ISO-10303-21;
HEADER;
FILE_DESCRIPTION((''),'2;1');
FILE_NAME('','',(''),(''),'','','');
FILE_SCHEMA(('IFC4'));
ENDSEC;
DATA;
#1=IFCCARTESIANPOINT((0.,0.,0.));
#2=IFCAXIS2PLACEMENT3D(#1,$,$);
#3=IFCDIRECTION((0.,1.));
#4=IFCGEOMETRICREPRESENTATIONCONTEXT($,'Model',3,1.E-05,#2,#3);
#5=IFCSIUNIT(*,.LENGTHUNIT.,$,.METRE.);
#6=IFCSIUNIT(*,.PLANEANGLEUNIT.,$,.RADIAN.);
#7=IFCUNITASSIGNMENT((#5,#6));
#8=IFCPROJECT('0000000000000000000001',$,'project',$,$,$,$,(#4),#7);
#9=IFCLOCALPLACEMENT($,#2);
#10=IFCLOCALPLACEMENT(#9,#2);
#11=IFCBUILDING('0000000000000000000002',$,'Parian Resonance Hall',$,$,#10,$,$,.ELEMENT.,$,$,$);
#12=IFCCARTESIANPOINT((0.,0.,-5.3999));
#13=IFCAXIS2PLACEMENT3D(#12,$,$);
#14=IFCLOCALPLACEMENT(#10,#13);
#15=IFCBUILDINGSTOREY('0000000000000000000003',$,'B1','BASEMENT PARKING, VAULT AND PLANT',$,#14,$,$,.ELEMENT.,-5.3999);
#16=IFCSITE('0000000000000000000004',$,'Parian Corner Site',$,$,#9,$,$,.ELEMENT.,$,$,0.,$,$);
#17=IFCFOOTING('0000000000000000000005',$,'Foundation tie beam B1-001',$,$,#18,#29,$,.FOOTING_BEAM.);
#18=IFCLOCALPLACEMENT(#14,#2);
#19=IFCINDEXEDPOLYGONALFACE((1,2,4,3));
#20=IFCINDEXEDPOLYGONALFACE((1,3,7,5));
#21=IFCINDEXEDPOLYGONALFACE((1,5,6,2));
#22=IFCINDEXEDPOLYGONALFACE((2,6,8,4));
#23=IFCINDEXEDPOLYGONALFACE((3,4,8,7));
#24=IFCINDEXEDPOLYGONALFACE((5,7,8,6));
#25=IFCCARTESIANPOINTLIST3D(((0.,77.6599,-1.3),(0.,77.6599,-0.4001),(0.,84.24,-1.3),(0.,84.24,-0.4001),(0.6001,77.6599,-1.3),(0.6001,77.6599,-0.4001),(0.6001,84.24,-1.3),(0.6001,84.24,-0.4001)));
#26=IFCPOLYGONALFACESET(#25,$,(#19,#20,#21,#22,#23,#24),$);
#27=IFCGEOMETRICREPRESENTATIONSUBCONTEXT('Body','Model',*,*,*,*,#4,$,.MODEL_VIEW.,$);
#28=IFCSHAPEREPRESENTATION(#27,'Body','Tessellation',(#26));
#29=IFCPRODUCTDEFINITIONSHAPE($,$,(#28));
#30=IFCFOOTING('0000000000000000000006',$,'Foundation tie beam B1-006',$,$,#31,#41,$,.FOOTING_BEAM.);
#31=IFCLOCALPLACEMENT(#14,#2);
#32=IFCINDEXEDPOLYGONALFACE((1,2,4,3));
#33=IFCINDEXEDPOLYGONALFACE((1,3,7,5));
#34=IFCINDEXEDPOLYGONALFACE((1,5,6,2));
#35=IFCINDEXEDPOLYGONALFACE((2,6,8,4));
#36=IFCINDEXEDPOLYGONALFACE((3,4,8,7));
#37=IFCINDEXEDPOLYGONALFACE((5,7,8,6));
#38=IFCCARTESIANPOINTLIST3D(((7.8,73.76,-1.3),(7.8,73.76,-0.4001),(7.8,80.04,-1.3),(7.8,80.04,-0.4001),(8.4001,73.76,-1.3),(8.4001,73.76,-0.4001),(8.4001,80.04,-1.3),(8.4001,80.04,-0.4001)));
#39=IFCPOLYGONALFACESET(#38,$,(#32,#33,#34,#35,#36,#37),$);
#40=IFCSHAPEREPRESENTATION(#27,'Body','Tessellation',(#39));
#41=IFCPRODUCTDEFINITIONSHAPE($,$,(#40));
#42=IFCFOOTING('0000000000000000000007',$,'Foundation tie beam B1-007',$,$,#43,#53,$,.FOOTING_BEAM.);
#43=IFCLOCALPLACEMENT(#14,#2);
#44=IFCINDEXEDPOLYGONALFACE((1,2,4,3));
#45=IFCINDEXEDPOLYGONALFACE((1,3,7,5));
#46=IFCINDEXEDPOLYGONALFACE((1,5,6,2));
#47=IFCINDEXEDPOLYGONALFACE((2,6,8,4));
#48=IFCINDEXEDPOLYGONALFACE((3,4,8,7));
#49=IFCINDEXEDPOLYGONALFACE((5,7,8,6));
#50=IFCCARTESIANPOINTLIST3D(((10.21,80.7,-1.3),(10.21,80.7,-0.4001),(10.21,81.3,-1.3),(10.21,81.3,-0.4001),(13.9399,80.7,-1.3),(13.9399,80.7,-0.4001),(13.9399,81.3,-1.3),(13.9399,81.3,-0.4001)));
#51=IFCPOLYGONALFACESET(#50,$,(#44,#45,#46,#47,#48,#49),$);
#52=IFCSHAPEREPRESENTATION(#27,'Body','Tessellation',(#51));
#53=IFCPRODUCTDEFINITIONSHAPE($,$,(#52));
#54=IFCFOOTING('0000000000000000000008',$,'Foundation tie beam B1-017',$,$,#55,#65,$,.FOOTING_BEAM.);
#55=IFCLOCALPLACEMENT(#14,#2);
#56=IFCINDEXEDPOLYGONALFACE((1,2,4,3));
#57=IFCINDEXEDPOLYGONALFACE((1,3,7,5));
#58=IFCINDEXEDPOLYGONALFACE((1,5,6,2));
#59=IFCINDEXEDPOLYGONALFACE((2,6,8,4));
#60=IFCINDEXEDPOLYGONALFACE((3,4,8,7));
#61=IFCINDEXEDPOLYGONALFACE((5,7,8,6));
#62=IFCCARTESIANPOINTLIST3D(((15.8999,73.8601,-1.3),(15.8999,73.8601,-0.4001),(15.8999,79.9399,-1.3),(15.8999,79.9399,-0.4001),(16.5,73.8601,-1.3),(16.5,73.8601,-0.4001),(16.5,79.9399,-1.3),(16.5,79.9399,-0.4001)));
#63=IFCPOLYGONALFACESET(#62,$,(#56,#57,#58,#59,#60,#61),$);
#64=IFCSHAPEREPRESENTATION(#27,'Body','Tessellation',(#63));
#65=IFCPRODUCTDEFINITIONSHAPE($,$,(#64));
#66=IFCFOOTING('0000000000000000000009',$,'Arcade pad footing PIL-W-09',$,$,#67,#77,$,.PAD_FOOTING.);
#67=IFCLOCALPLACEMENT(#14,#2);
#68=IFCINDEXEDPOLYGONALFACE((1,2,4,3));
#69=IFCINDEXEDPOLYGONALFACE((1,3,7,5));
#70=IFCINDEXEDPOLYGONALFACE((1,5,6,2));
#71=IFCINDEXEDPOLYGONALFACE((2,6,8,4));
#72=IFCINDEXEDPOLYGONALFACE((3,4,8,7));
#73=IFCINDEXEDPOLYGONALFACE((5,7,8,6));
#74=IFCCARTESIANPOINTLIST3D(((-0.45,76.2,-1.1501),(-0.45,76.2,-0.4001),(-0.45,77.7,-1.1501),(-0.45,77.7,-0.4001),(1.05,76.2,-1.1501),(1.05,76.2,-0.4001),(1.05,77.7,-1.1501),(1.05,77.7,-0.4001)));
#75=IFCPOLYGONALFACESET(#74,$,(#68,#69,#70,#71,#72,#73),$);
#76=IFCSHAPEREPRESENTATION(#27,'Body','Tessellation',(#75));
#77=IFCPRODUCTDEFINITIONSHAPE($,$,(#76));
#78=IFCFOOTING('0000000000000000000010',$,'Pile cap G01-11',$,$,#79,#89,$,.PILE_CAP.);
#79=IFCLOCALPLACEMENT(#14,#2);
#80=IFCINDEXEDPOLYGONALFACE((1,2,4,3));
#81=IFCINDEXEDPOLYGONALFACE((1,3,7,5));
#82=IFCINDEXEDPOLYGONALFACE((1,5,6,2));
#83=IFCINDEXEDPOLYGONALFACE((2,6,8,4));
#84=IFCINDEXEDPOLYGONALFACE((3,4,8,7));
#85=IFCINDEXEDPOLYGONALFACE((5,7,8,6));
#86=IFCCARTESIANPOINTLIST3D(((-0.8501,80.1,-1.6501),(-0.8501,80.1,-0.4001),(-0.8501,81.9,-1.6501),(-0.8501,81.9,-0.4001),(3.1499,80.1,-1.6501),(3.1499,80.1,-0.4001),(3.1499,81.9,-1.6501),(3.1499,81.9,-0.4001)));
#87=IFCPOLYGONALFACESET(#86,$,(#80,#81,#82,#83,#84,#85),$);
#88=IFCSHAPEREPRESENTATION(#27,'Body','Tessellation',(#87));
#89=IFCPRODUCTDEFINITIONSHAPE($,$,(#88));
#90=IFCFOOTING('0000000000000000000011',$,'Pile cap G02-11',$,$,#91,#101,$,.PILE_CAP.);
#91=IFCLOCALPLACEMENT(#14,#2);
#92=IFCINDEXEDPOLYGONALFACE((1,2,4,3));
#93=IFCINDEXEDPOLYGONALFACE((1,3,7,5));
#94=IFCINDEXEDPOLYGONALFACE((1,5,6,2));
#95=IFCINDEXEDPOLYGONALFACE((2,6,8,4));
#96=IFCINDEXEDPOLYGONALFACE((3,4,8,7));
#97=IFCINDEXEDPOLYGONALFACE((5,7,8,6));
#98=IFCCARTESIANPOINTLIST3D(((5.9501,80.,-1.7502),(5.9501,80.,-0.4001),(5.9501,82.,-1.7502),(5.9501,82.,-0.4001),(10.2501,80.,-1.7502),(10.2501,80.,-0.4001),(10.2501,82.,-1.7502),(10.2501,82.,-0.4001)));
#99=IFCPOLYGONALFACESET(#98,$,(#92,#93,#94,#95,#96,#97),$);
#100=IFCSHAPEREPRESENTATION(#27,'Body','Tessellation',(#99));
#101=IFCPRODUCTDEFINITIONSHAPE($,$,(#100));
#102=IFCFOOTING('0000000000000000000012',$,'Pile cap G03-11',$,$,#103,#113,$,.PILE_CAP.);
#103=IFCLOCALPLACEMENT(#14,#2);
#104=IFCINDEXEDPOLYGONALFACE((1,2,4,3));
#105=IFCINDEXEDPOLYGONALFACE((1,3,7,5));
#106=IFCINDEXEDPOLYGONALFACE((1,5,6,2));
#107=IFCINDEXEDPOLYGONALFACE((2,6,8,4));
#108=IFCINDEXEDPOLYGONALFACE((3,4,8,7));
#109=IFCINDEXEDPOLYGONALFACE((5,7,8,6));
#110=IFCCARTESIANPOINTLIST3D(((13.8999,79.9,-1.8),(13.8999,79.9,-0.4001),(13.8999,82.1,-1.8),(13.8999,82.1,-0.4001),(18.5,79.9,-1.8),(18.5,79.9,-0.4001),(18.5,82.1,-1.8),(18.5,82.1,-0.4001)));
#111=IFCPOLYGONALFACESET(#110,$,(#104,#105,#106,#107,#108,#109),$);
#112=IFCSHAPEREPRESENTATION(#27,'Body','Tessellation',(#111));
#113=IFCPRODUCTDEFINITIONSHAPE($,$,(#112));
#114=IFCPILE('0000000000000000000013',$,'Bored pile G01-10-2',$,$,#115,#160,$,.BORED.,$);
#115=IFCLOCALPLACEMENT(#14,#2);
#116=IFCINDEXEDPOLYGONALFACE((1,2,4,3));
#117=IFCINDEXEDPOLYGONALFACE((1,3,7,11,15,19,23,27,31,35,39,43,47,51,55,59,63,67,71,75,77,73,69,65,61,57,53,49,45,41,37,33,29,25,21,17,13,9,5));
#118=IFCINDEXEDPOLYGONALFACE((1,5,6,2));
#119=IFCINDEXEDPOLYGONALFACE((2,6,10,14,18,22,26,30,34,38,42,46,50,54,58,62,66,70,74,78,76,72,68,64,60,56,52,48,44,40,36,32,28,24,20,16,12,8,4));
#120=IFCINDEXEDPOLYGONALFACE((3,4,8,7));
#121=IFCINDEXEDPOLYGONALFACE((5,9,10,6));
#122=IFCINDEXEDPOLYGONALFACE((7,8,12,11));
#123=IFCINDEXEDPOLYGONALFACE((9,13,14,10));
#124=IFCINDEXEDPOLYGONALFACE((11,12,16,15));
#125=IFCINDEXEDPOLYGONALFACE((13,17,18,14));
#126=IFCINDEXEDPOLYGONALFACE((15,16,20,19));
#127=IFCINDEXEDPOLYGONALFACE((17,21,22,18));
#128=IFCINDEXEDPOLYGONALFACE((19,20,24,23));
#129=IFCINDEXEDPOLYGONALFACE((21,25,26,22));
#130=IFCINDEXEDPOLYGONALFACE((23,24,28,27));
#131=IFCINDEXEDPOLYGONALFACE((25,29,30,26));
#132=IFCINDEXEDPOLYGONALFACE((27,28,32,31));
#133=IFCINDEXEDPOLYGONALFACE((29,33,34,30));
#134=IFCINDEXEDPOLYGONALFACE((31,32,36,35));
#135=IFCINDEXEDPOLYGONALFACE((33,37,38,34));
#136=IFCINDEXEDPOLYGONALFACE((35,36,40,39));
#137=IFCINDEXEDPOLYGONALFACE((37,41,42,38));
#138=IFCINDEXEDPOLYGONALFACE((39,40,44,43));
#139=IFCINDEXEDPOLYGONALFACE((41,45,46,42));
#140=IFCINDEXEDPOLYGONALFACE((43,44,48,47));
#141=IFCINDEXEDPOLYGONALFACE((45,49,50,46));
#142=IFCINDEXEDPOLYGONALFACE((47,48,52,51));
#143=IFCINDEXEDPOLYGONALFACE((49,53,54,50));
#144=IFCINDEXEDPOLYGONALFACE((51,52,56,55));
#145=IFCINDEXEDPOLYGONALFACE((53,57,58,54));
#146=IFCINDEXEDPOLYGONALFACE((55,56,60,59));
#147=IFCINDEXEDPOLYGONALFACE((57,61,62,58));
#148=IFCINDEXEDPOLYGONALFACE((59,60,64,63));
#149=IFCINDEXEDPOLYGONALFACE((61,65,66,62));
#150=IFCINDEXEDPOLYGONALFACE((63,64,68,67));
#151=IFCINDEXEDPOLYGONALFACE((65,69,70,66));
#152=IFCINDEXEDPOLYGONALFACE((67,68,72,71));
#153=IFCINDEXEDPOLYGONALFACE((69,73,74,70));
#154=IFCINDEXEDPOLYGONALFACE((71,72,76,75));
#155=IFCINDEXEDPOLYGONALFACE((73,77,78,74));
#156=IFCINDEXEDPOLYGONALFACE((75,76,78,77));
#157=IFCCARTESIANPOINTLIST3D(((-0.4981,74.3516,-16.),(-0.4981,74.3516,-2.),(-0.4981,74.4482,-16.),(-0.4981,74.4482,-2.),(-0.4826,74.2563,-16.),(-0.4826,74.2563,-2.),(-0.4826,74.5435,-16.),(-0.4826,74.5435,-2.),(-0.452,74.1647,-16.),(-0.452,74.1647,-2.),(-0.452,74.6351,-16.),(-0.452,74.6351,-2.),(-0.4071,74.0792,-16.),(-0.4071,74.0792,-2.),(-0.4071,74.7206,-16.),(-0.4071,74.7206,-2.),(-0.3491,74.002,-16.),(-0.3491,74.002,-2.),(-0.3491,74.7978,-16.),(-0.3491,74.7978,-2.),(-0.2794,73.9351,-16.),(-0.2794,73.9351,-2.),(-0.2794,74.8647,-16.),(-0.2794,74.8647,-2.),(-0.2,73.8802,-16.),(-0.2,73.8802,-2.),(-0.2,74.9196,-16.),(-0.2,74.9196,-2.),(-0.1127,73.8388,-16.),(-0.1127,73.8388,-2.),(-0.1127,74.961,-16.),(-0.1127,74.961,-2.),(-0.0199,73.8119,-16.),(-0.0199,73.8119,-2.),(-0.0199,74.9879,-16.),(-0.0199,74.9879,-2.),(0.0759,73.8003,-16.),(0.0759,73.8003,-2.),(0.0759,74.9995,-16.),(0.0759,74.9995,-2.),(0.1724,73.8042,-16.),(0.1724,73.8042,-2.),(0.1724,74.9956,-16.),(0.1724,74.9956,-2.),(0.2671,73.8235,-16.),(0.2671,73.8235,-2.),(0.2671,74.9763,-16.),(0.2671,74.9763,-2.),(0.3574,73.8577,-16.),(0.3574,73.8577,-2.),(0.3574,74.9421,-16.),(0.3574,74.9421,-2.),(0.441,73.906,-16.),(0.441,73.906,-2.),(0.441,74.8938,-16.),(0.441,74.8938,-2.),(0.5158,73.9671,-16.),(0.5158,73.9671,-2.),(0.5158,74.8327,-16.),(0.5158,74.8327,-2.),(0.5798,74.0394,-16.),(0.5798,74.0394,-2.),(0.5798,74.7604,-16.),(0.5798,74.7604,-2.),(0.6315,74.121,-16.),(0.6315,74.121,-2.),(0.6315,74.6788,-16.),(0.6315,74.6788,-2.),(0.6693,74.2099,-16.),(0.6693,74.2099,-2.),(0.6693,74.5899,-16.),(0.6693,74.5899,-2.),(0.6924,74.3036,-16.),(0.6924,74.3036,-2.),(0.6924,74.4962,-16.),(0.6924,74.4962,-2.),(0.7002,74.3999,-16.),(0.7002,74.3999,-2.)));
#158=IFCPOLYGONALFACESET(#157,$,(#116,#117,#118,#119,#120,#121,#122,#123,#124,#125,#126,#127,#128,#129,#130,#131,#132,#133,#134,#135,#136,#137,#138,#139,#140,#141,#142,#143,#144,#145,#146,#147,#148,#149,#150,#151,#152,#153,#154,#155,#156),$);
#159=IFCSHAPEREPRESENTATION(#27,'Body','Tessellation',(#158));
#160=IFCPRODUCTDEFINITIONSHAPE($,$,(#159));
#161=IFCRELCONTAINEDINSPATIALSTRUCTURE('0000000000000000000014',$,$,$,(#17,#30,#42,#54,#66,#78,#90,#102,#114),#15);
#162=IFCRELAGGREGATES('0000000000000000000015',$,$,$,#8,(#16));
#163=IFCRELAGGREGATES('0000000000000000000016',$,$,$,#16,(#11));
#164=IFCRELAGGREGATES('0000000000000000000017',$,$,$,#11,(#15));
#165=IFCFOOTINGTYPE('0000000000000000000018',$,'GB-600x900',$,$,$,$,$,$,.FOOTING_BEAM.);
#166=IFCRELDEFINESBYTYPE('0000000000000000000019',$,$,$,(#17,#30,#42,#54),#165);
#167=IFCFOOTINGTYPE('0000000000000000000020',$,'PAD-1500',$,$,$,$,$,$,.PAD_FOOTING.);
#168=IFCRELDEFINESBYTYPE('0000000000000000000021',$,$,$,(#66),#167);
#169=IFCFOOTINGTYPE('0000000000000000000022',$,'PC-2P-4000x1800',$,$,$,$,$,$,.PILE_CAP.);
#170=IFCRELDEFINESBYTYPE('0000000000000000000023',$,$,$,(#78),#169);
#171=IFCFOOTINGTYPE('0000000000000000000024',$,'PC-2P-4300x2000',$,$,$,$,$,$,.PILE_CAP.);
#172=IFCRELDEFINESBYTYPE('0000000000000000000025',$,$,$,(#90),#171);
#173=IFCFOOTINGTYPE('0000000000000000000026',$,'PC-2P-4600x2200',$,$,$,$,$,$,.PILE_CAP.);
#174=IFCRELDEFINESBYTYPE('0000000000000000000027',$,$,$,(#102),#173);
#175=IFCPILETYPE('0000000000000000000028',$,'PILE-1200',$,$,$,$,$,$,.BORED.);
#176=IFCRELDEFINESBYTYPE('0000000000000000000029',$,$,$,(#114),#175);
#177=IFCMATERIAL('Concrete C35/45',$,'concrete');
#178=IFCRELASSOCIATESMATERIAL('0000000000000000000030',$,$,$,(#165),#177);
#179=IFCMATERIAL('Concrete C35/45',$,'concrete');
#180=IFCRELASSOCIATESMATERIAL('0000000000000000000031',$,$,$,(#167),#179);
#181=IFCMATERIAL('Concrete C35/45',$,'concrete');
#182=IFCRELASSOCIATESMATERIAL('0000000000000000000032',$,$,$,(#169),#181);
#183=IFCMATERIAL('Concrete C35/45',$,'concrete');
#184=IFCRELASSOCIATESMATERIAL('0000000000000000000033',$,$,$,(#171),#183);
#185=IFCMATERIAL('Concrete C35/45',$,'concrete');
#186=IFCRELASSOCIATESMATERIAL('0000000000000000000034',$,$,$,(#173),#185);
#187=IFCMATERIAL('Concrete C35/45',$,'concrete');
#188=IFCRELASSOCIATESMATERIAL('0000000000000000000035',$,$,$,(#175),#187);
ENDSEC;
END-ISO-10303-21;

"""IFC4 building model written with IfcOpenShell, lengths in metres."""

from ifc_helpers import new_model, si_unit, direction, frame, origin, origin_2d, place, context, subcontext, project, spatial, rectangle, circle, extrude, material, material_profile, profile_set, type_object, element, save


model = new_model("IFC4")

# Units and contexts
model_context = context("Model", 3, precision=1e-05, world=origin(), true_north=direction((0.0, 1.0)))
body_context = subcontext(model_context, "Body", "Model", "MODEL_VIEW")
ifc_project = project(units=[si_unit("LENGTHUNIT", "METRE"), si_unit("PLANEANGLEUNIT", "RADIAN")], contexts=[model_context])

# Site, building, storey
site_placement = place(None, origin())
site = spatial("IfcSite", under=ifc_project, at=site_placement, Name="Parian Corner Site", CompositionType="ELEMENT", RefElevation=0.0)
building_placement = place(site_placement, origin())
building = spatial("IfcBuilding", under=site, at=building_placement, Name="Parian Resonance Hall", CompositionType="ELEMENT")
storey_placement = place(building_placement, frame((0.0, 0.0, -5.3999)))
storey = spatial("IfcBuildingStorey", under=building, at=storey_placement, Name="B1", Description="BASEMENT PARKING, VAULT AND PLANT", CompositionType="ELEMENT", Elevation=-5.3999)

# Footings
ifc_material_1 = material(Name="Concrete C35/45", Category="concrete")
ifc_material_profile_1 = material_profile(ifc_material_1, rectangle(XDim=0.6001, YDim=0.8999, at=origin_2d()), Name="RC-GB-600x900")
ifc_profile_set_1 = profile_set([ifc_material_profile_1], Name="Concrete C35/45")
footing_type_1 = type_object("IfcFootingType", Name="GB-600x900", PredefinedType="FOOTING_BEAM", material=ifc_profile_set_1)
footing_1_placement = place(storey_placement, frame((0.3, 77.6599, -0.8501), z_axis=(0.0, 1.0, 0.0), x_axis=(-1.0, 0.0, 0.0)))
element("IfcFooting", 1, at=footing_1_placement, inside=storey, type_object=footing_type_1, Name="Foundation tie beam B1-001", PredefinedType="FOOTING_BEAM", context=body_context, shape_type="SweptSolid", body=[
    extrude(rectangle(XDim=0.6001, YDim=0.8999, at=origin_2d()), origin(), (0.0, 0.0, 1.0), 6.5801),
])
footing_2_placement = place(storey_placement, frame((8.1001, 73.76, -0.8501), z_axis=(0.0, 1.0, 0.0), x_axis=(-1.0, 0.0, 0.0)))
element("IfcFooting", 2, at=footing_2_placement, inside=storey, type_object=footing_type_1, Name="Foundation tie beam B1-006", PredefinedType="FOOTING_BEAM", context=body_context, shape_type="SweptSolid", body=[
    extrude(rectangle(XDim=0.6001, YDim=0.8999, at=origin_2d()), origin(), (0.0, 0.0, 1.0), 6.28),
])
footing_3_placement = place(storey_placement, frame((10.21, 81.0, -0.8501), z_axis=(1.0, 0.0, 0.0), x_axis=(0.0, 1.0, 0.0)))
element("IfcFooting", 3, at=footing_3_placement, inside=storey, type_object=footing_type_1, Name="Foundation tie beam B1-007", PredefinedType="FOOTING_BEAM", context=body_context, shape_type="SweptSolid", body=[
    extrude(rectangle(XDim=0.6001, YDim=0.8999, at=origin_2d()), origin(), (0.0, 0.0, 1.0), 3.73),
])
footing_4_placement = place(storey_placement, frame((16.2, 73.8601, -0.8501), z_axis=(0.0, 1.0, 0.0), x_axis=(-1.0, 0.0, 0.0)))
element("IfcFooting", 4, at=footing_4_placement, inside=storey, type_object=footing_type_1, Name="Foundation tie beam B1-017", PredefinedType="FOOTING_BEAM", context=body_context, shape_type="SweptSolid", body=[
    extrude(rectangle(XDim=0.6001, YDim=0.8999, at=origin_2d()), origin(), (0.0, 0.0, 1.0), 6.0798),
])
ifc_material_2 = material(Name="Concrete C35/45", Category="concrete")
footing_type_2 = type_object("IfcFootingType", Name="PAD-1500", PredefinedType="PAD_FOOTING", material=ifc_material_2)
footing_5_placement = place(storey_placement, frame((0.3, 76.95, -1.1501), z_axis=(0.0, 0.0, 1.0), x_axis=(1.0, 0.0, 0.0)))
element("IfcFooting", 5, at=footing_5_placement, inside=storey, type_object=footing_type_2, Name="Arcade pad footing PIL-W-09", PredefinedType="PAD_FOOTING", context=body_context, shape_type="SweptSolid", body=[
    extrude(rectangle(XDim=1.5, YDim=1.5, at=origin_2d()), origin(), (0.0, 0.0, 1.0), 0.75),
])
ifc_material_3 = material(Name="Concrete C35/45", Category="concrete")
footing_type_3 = type_object("IfcFootingType", Name="PC-2P-4000x1800", PredefinedType="PILE_CAP", material=ifc_material_3)
footing_6_placement = place(storey_placement, frame((1.1499, 81.0, -1.6501), z_axis=(0.0, 0.0, 1.0), x_axis=(1.0, 0.0, 0.0)))
element("IfcFooting", 6, at=footing_6_placement, inside=storey, type_object=footing_type_3, Name="Pile cap G01-11", PredefinedType="PILE_CAP", context=body_context, shape_type="SweptSolid", body=[
    extrude(rectangle(XDim=4.0, YDim=1.8, at=origin_2d()), origin(), (0.0, 0.0, 1.0), 1.25),
])
ifc_material_4 = material(Name="Concrete C35/45", Category="concrete")
footing_type_4 = type_object("IfcFootingType", Name="PC-2P-4300x2000", PredefinedType="PILE_CAP", material=ifc_material_4)
footing_7_placement = place(storey_placement, frame((8.1001, 81.0, -1.7502), z_axis=(0.0, 0.0, 1.0), x_axis=(1.0, 0.0, 0.0)))
element("IfcFooting", 7, at=footing_7_placement, inside=storey, type_object=footing_type_4, Name="Pile cap G02-11", PredefinedType="PILE_CAP", context=body_context, shape_type="SweptSolid", body=[
    extrude(rectangle(XDim=4.3, YDim=2.0, at=origin_2d()), origin(), (0.0, 0.0, 1.0), 1.3501),
])
ifc_material_5 = material(Name="Concrete C35/45", Category="concrete")
footing_type_5 = type_object("IfcFootingType", Name="PC-2P-4600x2200", PredefinedType="PILE_CAP", material=ifc_material_5)
footing_8_placement = place(storey_placement, frame((16.2, 81.0, -1.8), z_axis=(0.0, 0.0, 1.0), x_axis=(1.0, 0.0, 0.0)))
element("IfcFooting", 8, at=footing_8_placement, inside=storey, type_object=footing_type_5, Name="Pile cap G03-11", PredefinedType="PILE_CAP", context=body_context, shape_type="SweptSolid", body=[
    extrude(rectangle(XDim=4.6001, YDim=2.2, at=origin_2d()), origin(), (0.0, 0.0, 1.0), 1.3999),
])

# Pile
ifc_material_6 = material(Name="Concrete C35/45", Category="concrete")
ifc_material_profile_2 = material_profile(ifc_material_6, circle(Radius=0.6001, at=origin_2d()), Name="PILE-D1200")
ifc_profile_set_2 = profile_set([ifc_material_profile_2], Name="Concrete C35/45")
pile_type_1 = type_object("IfcPileType", Name="PILE-1200", PredefinedType="BORED", material=ifc_profile_set_2)
for number, where, z_axis, x_axis, name in (
    (9, (0.1001, 74.3999, -2.0), (0.0, 0.0, -1.0), (1.0, 0.0, 0.0), "Bored pile G01-10-2"),
):
    element("IfcPile", number, at=place(storey_placement, frame(where, z_axis=z_axis, x_axis=x_axis)), inside=storey, type_object=pile_type_1, Name=name, PredefinedType="BORED", context=body_context, shape_type="SweptSolid", body=[
        extrude(circle(Radius=0.6001, at=origin_2d()), origin(), (0.0, 0.0, 1.0), 14.0),
    ])

save(model, "model.ifc")
